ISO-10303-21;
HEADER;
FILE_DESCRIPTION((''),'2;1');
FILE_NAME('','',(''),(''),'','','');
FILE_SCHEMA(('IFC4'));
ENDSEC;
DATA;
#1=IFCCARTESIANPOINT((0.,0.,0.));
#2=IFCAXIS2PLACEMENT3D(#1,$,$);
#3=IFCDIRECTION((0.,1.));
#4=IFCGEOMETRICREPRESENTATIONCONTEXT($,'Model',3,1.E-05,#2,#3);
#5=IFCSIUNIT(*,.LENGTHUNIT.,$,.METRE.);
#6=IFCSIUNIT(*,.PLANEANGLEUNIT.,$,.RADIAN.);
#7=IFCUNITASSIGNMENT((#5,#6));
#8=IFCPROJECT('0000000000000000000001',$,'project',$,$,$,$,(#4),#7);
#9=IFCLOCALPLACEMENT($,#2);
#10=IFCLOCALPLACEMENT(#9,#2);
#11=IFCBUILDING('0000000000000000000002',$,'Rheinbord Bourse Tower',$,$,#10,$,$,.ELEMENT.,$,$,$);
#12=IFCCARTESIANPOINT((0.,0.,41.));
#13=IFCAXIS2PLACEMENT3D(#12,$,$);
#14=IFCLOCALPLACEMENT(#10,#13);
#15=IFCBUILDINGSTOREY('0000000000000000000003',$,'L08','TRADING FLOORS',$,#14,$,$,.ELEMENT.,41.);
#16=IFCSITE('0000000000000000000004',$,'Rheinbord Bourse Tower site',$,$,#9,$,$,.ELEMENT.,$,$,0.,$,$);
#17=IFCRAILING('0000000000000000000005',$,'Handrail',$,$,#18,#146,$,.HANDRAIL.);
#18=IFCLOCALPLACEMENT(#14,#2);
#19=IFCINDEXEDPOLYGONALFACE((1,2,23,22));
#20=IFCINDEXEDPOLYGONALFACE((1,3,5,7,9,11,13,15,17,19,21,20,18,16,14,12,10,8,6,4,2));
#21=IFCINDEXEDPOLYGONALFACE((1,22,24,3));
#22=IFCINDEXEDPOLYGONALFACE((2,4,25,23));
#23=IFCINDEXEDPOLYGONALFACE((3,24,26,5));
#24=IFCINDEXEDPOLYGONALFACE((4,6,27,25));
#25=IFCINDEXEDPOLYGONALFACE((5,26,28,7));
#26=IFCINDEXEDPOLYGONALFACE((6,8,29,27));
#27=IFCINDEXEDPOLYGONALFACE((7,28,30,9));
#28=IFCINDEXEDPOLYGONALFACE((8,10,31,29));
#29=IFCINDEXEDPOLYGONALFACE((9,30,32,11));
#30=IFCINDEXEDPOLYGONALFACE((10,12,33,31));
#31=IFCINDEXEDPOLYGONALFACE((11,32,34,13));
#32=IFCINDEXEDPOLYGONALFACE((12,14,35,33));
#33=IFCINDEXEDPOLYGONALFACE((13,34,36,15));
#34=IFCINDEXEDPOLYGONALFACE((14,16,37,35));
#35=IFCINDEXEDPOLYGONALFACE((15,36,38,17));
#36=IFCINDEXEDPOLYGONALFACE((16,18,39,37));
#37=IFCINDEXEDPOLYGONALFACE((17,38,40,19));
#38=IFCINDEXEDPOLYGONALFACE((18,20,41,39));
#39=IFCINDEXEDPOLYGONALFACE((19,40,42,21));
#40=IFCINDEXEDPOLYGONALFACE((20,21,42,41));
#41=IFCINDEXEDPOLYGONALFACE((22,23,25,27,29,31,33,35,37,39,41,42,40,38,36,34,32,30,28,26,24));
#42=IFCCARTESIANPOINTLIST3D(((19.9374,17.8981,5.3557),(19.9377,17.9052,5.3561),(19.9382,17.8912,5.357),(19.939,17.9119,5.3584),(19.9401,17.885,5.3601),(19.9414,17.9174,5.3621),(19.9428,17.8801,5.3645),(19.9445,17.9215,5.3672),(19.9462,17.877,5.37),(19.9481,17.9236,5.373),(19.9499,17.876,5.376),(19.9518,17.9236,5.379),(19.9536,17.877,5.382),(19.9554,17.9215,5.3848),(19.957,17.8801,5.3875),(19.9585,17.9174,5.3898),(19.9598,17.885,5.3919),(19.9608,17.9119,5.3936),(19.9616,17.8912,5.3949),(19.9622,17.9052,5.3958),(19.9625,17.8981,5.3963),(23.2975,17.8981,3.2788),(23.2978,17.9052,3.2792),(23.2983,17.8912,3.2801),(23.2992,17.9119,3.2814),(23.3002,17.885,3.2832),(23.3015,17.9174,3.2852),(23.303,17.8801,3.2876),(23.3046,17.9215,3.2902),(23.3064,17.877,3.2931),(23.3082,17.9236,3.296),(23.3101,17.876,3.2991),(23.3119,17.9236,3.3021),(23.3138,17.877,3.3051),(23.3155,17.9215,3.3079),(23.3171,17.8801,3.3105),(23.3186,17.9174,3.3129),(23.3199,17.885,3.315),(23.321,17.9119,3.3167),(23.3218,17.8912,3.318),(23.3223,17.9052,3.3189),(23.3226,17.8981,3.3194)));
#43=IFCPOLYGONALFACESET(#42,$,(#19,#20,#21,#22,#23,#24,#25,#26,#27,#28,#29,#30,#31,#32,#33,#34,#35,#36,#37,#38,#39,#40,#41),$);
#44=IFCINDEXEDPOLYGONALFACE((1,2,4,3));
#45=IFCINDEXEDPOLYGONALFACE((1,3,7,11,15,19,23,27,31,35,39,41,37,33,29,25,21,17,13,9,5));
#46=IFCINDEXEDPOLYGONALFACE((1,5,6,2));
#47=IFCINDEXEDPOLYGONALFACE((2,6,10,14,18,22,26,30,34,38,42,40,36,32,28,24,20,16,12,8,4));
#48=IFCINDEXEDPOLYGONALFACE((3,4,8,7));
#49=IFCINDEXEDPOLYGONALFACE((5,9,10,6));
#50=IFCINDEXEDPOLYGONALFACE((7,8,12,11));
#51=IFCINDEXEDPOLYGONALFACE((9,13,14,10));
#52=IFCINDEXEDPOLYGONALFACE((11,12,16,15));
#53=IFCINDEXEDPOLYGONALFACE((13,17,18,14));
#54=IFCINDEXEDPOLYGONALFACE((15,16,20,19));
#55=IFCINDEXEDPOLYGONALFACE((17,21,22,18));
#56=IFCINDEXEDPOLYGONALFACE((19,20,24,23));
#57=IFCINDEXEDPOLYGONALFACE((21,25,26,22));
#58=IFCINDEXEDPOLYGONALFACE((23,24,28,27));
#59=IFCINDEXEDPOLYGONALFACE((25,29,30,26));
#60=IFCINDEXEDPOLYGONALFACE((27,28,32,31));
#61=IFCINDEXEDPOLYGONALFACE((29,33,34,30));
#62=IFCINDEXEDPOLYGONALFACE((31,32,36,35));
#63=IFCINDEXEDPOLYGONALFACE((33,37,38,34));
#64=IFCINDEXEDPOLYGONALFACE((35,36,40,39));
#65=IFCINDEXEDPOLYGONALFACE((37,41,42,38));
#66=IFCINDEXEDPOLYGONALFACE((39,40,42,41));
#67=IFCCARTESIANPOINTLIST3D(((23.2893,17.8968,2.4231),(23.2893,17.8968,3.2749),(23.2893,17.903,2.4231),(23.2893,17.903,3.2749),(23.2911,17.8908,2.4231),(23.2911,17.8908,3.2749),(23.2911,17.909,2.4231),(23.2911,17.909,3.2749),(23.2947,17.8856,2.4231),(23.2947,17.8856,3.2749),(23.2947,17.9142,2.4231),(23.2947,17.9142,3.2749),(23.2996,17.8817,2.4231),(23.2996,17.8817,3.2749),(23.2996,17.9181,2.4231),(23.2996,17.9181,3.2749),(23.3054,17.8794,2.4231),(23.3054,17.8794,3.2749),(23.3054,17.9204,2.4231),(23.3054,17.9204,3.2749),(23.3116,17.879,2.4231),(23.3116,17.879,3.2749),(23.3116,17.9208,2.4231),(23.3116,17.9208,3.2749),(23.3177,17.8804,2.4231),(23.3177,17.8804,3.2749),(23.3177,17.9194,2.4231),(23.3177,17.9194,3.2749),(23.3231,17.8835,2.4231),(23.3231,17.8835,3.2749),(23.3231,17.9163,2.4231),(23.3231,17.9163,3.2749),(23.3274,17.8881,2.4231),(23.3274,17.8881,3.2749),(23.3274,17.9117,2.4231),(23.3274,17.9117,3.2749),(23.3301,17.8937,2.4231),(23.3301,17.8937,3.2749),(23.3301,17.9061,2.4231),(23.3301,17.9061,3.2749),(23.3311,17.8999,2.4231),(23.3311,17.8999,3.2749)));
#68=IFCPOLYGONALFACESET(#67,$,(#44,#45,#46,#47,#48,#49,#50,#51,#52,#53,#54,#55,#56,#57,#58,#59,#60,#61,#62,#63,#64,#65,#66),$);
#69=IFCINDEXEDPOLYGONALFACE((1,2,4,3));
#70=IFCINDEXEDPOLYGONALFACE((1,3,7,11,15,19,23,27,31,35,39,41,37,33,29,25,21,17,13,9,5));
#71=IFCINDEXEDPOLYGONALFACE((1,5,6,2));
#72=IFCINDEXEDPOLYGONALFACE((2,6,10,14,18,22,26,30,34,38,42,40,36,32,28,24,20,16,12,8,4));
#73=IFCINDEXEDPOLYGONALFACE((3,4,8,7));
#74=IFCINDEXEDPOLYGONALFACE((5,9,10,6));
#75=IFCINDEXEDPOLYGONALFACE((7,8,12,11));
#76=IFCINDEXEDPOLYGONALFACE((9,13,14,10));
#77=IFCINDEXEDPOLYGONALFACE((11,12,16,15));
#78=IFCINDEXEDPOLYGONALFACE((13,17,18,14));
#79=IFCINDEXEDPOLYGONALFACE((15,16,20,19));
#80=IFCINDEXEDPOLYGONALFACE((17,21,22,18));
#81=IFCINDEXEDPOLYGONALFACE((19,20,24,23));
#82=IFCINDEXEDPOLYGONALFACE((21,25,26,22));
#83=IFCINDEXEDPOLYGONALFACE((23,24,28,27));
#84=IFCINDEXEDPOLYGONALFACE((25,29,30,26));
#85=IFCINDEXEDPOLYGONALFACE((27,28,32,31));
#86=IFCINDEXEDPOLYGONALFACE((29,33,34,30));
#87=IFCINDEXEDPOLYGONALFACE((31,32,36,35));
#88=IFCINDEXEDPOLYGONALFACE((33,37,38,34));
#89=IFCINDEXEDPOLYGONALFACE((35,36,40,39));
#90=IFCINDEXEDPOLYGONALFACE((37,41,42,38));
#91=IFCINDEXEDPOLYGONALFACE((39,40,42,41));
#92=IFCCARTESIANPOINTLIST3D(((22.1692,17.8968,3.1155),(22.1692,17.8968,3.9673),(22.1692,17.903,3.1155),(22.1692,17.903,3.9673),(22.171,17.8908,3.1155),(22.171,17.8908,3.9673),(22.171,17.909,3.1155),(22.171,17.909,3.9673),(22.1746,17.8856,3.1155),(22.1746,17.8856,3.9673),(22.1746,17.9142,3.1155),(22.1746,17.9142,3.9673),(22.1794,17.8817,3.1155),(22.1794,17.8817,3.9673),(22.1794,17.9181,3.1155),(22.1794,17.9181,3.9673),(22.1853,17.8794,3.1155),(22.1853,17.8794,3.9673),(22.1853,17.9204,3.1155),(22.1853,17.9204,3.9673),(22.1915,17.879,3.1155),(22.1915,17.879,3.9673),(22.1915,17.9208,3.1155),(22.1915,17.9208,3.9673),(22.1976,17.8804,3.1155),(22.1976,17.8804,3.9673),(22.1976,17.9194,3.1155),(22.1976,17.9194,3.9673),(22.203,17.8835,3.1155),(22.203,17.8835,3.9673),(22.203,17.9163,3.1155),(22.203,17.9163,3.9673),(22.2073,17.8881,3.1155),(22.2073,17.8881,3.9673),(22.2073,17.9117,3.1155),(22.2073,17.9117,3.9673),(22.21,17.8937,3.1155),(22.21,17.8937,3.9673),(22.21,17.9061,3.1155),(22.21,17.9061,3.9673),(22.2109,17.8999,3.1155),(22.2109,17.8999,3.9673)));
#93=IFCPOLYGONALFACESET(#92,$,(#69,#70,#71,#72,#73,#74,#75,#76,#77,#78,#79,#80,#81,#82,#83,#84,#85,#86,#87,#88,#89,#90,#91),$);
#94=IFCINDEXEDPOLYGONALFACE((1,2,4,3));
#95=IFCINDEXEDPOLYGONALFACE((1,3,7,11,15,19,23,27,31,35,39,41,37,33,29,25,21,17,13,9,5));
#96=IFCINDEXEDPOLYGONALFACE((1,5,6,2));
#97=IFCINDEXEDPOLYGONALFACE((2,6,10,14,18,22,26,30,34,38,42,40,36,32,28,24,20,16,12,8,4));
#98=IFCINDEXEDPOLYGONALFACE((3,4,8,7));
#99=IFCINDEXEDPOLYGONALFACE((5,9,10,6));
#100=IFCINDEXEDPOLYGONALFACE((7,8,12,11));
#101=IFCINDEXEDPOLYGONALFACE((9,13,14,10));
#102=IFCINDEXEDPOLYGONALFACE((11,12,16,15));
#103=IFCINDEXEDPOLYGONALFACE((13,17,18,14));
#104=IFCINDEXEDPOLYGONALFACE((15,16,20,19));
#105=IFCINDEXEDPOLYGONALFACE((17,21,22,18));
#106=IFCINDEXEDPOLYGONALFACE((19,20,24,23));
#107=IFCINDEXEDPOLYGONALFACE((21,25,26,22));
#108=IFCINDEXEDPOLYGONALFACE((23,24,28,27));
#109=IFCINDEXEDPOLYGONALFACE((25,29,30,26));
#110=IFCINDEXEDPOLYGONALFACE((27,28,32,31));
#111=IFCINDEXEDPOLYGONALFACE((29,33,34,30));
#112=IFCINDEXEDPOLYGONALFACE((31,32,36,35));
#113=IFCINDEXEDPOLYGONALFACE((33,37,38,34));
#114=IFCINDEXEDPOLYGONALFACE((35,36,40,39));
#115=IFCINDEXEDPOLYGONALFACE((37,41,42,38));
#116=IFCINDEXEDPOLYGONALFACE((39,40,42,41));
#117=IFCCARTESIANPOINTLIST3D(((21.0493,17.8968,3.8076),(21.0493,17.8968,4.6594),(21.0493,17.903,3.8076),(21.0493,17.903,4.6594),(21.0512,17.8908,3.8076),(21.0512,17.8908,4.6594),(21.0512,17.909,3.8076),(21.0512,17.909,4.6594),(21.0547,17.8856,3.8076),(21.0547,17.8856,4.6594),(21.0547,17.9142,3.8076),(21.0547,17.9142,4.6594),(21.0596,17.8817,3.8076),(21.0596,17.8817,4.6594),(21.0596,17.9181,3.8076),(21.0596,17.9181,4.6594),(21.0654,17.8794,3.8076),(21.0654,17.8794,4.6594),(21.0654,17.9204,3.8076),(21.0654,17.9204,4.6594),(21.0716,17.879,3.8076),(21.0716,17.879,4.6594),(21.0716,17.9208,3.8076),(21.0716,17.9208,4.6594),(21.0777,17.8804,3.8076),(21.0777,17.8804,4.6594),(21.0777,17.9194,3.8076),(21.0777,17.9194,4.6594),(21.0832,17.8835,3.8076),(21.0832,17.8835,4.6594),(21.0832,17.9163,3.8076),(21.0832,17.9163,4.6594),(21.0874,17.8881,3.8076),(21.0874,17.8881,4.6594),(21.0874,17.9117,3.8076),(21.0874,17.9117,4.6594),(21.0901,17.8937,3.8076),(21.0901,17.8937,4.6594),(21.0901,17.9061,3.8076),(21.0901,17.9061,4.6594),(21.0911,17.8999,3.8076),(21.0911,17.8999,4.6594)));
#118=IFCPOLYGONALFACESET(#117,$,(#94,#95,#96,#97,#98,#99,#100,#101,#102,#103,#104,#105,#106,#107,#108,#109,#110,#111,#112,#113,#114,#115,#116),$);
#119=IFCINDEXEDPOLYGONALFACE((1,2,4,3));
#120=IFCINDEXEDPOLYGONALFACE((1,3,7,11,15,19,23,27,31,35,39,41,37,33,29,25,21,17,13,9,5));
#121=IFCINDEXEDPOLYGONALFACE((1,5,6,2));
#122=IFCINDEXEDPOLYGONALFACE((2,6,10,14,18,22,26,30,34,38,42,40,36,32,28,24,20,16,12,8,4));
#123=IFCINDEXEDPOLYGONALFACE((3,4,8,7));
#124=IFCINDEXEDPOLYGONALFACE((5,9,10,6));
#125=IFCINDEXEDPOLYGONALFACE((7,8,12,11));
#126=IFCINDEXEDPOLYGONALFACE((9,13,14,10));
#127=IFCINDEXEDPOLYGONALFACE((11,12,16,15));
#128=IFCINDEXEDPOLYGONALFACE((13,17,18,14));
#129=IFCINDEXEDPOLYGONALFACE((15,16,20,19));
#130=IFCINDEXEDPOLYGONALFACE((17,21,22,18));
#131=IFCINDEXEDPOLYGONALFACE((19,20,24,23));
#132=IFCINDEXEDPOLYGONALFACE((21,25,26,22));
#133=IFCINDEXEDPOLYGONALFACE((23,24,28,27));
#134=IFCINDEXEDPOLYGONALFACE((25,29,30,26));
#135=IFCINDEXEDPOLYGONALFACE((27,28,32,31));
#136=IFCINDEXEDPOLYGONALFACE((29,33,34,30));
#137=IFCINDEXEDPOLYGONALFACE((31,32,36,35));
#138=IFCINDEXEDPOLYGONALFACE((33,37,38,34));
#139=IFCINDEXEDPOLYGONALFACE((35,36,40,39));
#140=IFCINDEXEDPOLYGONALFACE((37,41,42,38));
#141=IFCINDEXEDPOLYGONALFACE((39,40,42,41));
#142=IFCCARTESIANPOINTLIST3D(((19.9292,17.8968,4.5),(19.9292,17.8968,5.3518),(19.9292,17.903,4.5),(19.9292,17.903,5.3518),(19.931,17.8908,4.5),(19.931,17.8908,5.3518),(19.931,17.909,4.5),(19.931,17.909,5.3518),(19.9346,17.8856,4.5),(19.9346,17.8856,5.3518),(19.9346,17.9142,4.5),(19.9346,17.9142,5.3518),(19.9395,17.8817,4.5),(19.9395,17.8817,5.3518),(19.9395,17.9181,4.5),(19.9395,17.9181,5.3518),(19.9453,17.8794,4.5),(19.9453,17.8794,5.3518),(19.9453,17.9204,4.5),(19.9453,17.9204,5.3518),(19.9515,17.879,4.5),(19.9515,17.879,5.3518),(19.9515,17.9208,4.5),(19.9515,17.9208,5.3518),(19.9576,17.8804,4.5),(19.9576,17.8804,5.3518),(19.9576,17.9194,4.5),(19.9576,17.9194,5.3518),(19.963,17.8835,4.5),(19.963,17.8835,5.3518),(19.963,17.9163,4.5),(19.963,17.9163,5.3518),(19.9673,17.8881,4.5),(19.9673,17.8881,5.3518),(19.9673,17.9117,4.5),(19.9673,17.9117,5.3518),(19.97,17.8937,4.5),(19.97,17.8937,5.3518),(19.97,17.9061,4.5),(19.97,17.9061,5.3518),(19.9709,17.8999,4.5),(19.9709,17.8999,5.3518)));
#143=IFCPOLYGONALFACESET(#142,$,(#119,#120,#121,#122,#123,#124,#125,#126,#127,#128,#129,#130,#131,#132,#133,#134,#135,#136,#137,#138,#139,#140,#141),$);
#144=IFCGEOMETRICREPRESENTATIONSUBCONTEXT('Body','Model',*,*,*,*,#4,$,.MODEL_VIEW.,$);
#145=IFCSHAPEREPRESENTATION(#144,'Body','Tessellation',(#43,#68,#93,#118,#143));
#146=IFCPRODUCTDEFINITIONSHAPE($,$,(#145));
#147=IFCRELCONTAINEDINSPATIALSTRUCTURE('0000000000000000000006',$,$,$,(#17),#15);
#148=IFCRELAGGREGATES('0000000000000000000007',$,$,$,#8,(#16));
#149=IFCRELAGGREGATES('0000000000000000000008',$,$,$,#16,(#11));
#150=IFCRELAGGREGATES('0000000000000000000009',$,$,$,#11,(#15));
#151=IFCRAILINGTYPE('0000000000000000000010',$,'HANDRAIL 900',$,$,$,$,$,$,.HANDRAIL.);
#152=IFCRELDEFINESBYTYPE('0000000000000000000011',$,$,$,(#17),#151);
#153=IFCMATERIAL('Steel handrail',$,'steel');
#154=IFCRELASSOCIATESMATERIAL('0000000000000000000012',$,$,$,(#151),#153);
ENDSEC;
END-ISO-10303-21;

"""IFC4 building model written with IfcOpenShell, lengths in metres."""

from ifc_helpers import new_model, si_unit, direction, frame, origin, origin_2d, place, context, subcontext, project, spatial, circle, extrude, material, type_object, element, save


model = new_model("IFC4")

# Units and contexts
model_context = context("Model", 3, precision=1e-05, world=origin(), true_north=direction((0.0, 1.0)))
body_context = subcontext(model_context, "Body", "Model", "MODEL_VIEW")
ifc_project = project(units=[si_unit("LENGTHUNIT", "METRE"), si_unit("PLANEANGLEUNIT", "RADIAN")], contexts=[model_context])

# Site, building, storey
site_placement = place(None, origin())
site = spatial("IfcSite", under=ifc_project, at=site_placement, Name="Rheinbord Bourse Tower site", CompositionType="ELEMENT", RefElevation=0.0)
building_placement = place(site_placement, origin())
building = spatial("IfcBuilding", under=site, at=building_placement, Name="Rheinbord Bourse Tower", CompositionType="ELEMENT")
storey_placement = place(building_placement, frame((0.0, 0.0, 41.0)))
storey = spatial("IfcBuildingStorey", under=building, at=storey_placement, Name="L08", Description="TRADING FLOORS", CompositionType="ELEMENT", Elevation=41.0)

# Railing
ifc_material_1 = material(Name="Steel handrail", Category="steel")
railing_type = type_object("IfcRailingType", Name="HANDRAIL 900", PredefinedType="HANDRAIL", material=ifc_material_1)
railing_1_placement = place(storey_placement, frame((23.3101, 17.8999, 2.4231)))
element("IfcRailing", 1, at=railing_1_placement, inside=storey, type_object=railing_type, Name="Handrail", PredefinedType="HANDRAIL", context=body_context, shape_type="SweptSolid", body=[
    extrude(circle(Radius=0.0239, at=origin_2d()), frame((0.0, 0.0, 0.876), z_axis=(-0.850623, 0.0, 0.525776), x_axis=(0.0, -1.0, 0.0)), (0.0, 0.0, 1.0), 3.9502),
    extrude(circle(Radius=0.021, at=origin_2d()), origin(), (0.0, 0.0, 1.0), 0.8518),
    extrude(circle(Radius=0.021, at=origin_2d()), frame((-1.1201, 0.0, 0.6924)), (0.0, 0.0, 1.0), 0.8518),
    extrude(circle(Radius=0.021, at=origin_2d()), frame((-2.24, 0.0, 1.3845)), (0.0, 0.0, 1.0), 0.8518),
    extrude(circle(Radius=0.021, at=origin_2d()), frame((-3.3601, 0.0, 2.0769)), (0.0, 0.0, 1.0), 0.8518),
])

save(model, "model.ifc")
